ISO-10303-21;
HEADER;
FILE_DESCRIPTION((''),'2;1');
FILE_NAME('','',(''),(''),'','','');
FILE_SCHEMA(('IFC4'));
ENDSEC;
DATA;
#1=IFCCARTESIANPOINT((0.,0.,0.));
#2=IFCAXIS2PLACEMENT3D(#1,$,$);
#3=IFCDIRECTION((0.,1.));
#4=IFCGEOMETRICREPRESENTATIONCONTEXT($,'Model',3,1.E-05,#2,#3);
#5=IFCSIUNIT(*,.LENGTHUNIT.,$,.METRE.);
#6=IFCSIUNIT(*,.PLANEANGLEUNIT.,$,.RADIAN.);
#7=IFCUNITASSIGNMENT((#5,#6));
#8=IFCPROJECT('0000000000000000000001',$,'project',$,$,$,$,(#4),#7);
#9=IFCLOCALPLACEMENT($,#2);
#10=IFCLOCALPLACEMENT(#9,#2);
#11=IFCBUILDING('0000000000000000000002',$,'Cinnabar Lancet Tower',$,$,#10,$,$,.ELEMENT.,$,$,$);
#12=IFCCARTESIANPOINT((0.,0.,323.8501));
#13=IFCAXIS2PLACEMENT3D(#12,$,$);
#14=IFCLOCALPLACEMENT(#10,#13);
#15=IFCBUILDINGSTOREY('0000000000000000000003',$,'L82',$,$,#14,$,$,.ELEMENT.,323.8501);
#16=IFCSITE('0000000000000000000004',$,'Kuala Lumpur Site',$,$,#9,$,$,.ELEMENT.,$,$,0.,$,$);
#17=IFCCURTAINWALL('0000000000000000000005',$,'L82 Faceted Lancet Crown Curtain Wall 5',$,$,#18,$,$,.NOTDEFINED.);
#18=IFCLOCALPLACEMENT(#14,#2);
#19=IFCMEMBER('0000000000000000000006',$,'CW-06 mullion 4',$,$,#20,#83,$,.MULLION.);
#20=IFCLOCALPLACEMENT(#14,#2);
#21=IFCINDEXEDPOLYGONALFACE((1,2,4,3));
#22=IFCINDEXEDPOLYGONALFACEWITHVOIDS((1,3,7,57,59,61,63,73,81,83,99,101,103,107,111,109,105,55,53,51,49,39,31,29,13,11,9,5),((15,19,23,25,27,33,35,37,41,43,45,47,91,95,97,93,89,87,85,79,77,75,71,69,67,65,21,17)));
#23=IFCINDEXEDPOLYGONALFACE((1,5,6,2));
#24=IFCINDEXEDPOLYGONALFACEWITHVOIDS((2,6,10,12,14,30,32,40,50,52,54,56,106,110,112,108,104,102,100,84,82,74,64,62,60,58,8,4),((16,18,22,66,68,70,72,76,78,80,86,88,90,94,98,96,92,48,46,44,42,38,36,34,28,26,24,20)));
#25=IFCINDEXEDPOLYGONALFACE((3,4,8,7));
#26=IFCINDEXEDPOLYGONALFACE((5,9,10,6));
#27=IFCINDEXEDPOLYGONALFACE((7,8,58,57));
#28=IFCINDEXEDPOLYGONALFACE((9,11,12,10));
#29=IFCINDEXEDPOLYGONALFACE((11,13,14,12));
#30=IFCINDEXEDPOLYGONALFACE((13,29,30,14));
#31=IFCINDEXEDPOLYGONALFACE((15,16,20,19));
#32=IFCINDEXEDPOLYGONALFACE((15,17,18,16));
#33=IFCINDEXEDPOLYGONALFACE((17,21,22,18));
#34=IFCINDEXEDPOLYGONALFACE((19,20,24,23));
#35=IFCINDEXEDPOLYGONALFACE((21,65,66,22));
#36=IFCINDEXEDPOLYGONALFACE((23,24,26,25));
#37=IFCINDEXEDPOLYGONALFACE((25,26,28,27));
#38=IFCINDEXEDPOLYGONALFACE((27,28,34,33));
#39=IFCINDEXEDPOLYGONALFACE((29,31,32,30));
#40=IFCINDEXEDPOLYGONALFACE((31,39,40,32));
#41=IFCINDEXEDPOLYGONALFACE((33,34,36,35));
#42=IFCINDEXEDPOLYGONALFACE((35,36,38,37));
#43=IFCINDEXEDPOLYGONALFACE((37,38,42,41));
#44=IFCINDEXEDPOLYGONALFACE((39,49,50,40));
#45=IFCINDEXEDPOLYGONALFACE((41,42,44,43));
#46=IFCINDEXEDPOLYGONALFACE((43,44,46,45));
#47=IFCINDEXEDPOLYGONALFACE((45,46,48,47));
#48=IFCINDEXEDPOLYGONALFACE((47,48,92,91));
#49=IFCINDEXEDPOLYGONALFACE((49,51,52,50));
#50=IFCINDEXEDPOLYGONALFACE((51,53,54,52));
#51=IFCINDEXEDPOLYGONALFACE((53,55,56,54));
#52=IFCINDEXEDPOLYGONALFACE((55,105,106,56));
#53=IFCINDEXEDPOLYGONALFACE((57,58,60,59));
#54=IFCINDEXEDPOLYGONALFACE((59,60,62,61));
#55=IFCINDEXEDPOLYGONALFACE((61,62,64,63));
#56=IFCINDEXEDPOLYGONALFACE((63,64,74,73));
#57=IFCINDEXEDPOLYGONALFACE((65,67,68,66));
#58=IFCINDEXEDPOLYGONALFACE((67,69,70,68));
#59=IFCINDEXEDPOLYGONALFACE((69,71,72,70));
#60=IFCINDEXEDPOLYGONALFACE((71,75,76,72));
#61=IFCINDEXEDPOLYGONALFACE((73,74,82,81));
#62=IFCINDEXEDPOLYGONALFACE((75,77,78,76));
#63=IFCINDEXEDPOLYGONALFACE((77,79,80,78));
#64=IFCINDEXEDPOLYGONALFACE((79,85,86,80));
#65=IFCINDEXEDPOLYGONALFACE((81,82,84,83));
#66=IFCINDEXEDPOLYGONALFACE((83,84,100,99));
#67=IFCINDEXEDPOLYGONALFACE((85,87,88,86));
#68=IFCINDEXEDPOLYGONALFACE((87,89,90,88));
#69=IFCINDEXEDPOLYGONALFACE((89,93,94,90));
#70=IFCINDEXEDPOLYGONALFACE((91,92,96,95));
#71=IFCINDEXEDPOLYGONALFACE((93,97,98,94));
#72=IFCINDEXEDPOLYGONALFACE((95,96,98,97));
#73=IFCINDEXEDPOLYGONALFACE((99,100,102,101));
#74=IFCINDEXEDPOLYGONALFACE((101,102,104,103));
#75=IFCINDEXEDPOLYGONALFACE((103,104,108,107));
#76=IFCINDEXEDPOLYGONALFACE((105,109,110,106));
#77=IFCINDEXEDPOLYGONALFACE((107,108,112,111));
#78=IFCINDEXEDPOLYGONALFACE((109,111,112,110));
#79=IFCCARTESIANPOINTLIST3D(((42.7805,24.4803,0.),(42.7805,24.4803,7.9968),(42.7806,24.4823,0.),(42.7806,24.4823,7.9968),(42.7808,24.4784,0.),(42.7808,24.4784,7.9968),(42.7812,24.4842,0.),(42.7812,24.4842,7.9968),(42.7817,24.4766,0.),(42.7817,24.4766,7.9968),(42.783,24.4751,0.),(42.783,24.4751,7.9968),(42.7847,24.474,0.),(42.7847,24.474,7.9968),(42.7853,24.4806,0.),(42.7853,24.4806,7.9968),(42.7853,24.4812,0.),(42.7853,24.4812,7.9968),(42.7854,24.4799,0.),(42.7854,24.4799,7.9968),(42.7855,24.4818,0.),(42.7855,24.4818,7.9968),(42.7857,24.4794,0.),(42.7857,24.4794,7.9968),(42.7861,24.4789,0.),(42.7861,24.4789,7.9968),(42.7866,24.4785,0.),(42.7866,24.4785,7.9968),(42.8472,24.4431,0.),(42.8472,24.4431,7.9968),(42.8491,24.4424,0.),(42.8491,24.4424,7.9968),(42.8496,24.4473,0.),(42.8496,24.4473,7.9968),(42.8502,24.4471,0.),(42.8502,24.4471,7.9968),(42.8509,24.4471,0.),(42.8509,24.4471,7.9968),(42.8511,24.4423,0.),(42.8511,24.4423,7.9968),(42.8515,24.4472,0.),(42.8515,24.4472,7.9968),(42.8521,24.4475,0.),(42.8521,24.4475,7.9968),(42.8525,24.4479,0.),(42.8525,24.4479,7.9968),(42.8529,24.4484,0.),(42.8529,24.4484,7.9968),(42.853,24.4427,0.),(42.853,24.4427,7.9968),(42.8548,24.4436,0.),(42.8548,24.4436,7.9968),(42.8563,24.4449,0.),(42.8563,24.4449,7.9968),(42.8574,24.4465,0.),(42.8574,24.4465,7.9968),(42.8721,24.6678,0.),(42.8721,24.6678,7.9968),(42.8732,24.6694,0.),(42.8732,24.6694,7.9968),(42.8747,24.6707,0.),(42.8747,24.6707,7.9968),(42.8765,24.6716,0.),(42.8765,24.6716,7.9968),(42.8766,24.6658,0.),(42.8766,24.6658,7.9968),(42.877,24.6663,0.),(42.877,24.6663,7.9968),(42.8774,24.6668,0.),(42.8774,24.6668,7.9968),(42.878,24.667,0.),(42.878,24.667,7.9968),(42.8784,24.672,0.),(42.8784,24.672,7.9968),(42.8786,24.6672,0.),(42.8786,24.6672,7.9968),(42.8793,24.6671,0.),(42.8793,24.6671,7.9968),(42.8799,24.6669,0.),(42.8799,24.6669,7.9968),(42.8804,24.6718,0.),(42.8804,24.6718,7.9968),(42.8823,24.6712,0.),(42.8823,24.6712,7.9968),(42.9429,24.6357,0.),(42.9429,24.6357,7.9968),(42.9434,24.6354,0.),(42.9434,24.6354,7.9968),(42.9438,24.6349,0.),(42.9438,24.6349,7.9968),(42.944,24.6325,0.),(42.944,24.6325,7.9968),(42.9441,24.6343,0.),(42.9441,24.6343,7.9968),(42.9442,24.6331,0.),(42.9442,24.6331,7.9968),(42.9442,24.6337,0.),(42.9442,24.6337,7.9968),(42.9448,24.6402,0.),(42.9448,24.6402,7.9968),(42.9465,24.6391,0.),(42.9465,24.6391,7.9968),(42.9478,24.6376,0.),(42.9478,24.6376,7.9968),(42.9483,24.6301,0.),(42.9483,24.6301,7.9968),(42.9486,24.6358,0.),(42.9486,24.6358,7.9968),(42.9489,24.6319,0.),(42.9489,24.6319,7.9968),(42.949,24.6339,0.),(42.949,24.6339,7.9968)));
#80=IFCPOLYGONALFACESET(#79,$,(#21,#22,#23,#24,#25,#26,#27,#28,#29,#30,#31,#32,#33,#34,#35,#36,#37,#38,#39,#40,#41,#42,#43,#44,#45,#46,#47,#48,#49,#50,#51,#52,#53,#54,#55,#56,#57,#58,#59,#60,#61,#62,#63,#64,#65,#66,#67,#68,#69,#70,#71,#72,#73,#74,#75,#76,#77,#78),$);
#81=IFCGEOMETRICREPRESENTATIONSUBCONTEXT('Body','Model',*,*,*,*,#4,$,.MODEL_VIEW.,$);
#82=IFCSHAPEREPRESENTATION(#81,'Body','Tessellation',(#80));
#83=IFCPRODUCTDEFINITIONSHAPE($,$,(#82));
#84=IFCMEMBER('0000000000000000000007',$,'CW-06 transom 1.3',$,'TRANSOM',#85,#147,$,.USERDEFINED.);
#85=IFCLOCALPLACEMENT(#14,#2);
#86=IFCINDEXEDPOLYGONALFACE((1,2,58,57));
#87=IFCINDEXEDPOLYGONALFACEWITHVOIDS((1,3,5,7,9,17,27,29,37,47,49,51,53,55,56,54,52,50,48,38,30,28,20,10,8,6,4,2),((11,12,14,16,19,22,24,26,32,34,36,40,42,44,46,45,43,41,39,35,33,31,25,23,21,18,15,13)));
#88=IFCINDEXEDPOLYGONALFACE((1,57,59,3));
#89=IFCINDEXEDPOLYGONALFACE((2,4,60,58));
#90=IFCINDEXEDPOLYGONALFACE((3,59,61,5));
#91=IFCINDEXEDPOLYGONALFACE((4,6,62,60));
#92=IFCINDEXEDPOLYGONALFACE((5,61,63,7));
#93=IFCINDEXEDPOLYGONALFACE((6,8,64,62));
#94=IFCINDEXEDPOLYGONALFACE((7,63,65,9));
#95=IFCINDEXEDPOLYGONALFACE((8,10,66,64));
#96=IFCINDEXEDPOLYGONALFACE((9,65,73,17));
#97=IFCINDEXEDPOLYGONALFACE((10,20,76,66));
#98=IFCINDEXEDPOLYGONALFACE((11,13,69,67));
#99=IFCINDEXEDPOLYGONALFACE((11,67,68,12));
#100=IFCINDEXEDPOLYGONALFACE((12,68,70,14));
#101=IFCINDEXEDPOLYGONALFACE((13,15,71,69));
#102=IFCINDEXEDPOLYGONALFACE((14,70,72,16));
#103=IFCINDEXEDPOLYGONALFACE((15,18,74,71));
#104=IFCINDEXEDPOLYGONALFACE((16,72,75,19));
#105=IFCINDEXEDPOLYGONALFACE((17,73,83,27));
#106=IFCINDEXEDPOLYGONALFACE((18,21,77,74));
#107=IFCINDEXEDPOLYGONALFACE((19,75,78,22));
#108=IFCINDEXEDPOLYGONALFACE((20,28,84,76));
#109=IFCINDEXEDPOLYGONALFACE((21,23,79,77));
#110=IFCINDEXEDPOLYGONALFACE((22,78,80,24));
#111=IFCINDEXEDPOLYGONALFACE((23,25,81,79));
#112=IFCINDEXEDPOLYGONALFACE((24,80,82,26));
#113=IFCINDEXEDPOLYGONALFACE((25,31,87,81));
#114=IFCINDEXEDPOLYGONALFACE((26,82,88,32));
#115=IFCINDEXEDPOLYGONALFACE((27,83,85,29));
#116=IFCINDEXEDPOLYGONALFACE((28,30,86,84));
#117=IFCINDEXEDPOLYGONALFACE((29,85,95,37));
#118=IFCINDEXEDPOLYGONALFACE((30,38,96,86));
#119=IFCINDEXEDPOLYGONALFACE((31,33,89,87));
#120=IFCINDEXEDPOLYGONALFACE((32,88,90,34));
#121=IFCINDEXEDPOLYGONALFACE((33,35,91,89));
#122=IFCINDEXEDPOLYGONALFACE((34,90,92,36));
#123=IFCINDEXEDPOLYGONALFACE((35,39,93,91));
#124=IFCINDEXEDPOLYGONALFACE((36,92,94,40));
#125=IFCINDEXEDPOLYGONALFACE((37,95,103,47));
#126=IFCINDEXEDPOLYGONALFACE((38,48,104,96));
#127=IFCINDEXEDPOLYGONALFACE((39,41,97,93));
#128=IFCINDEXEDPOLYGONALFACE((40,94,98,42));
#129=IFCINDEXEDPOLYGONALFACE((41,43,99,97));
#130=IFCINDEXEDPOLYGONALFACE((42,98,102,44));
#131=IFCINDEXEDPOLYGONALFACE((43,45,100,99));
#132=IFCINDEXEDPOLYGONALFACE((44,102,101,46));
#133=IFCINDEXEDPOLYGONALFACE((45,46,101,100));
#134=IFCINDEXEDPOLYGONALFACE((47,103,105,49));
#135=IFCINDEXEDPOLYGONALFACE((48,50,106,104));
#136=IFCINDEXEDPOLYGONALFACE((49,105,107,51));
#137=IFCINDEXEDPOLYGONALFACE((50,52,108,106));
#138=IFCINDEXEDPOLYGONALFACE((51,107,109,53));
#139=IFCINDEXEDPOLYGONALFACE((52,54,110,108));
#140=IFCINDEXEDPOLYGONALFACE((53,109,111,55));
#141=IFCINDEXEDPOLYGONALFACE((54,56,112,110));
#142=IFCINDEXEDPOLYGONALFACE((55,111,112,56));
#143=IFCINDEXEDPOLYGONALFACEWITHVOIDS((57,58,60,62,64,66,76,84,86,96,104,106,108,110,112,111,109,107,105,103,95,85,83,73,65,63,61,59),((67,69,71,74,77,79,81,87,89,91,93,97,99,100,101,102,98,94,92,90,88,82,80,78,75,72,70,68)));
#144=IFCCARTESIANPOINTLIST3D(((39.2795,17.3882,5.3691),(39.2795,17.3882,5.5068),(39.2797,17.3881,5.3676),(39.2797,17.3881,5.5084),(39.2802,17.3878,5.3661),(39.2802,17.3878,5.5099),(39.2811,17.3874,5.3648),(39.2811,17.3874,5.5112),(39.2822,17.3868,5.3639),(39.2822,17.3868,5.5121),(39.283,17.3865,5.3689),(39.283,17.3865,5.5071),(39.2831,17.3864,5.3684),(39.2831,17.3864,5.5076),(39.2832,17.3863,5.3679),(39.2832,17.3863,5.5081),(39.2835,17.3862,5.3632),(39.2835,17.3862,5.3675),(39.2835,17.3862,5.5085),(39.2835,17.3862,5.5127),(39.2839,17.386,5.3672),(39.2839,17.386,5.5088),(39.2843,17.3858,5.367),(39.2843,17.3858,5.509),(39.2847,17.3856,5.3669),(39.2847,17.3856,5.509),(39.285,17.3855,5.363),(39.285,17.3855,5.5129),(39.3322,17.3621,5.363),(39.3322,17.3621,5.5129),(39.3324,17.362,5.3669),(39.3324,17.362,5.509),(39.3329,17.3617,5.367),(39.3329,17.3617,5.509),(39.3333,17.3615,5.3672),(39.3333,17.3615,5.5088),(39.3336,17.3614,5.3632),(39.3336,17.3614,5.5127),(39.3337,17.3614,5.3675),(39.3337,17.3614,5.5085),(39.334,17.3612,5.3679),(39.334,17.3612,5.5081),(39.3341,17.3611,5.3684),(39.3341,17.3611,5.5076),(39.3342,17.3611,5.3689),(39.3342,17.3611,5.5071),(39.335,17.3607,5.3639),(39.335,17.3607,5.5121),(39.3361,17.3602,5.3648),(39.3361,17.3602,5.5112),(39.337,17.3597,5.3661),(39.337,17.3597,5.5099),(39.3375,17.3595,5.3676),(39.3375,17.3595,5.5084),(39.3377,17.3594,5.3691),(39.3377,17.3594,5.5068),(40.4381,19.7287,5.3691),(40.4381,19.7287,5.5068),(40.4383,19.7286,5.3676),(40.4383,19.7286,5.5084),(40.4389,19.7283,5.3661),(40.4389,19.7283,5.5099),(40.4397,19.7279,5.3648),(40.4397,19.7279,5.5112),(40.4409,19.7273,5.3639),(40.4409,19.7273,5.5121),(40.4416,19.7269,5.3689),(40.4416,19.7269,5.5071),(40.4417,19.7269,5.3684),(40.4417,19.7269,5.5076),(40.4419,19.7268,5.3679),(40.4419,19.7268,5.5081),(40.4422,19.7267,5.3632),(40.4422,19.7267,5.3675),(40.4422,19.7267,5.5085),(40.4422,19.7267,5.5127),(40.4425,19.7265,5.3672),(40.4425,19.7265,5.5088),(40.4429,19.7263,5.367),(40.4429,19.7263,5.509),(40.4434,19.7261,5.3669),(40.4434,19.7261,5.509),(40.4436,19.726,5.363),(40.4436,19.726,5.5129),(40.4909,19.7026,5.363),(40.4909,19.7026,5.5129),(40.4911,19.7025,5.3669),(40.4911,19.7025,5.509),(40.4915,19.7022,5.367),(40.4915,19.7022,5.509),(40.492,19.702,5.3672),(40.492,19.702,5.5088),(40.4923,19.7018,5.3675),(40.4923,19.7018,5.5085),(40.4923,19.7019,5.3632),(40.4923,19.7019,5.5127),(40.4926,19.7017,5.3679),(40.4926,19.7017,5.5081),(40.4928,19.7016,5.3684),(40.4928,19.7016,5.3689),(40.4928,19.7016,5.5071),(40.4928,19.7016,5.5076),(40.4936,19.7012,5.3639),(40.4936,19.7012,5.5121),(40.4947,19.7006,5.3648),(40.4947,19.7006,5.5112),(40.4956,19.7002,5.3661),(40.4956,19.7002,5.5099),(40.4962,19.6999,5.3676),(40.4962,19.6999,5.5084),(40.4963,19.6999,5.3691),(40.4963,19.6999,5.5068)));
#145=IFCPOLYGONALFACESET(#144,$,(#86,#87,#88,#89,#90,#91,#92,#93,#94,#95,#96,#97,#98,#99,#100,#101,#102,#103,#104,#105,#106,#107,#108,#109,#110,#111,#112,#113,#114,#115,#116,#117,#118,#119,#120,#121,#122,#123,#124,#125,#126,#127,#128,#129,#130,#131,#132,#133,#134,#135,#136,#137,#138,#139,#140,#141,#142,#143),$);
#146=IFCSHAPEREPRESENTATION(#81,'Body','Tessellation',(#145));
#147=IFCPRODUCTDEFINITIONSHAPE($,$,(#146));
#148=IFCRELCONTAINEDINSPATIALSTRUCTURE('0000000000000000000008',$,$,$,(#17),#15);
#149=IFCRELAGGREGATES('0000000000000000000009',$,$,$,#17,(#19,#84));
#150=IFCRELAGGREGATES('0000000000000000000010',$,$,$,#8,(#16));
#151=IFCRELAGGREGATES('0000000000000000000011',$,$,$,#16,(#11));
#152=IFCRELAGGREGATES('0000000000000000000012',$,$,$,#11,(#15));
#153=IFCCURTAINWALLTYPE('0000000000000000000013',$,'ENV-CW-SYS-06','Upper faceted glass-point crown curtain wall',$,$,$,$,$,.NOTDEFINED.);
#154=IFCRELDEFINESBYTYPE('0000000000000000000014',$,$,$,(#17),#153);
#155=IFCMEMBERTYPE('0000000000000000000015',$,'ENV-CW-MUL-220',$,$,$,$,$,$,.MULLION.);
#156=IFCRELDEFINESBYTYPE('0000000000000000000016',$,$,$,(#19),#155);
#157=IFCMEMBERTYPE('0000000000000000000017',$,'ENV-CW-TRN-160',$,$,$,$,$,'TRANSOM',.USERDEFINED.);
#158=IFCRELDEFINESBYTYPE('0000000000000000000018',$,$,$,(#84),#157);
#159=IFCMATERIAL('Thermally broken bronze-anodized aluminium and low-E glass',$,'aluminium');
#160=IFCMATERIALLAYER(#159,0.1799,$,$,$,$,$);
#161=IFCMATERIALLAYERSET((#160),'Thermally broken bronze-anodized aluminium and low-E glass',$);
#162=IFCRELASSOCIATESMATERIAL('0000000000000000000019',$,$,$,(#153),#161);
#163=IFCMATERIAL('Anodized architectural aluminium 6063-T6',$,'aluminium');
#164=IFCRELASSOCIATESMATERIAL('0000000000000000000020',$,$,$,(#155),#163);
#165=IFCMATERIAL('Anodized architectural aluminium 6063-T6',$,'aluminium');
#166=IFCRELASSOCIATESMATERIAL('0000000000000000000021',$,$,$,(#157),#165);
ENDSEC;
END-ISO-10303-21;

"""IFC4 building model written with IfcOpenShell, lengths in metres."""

from ifc_helpers import new_model, si_unit, direction, frame, origin, origin_2d, place, context, subcontext, project, spatial, hollow_rectangle, extrude, material, layer, layer_set, material_profile, profile_set, type_object, element, aggregate, save


model = new_model("IFC4")

# Units and contexts
model_context = context("Model", 3, precision=1e-05, world=origin(), true_north=direction((0.0, 1.0)))
body_context = subcontext(model_context, "Body", "Model", "MODEL_VIEW")
ifc_project = project(units=[si_unit("LENGTHUNIT", "METRE"), si_unit("PLANEANGLEUNIT", "RADIAN")], contexts=[model_context])

# Site, building, storey
site_placement = place(None, origin())
site = spatial("IfcSite", under=ifc_project, at=site_placement, Name="Kuala Lumpur Site", CompositionType="ELEMENT", RefElevation=0.0)
building_placement = place(site_placement, origin())
building = spatial("IfcBuilding", under=site, at=building_placement, Name="Cinnabar Lancet Tower", CompositionType="ELEMENT")
storey_placement = place(building_placement, frame((0.0, 0.0, 323.8501)))
storey = spatial("IfcBuildingStorey", under=building, at=storey_placement, Name="L82", CompositionType="ELEMENT", Elevation=323.8501)

# Curtain wall, members
ifc_material_1 = material(Name="Thermally broken bronze-anodized aluminium and low-E glass", Category="aluminium")
ifc_layer_1 = layer(ifc_material_1, 0.1799)
ifc_layer_set_1 = layer_set([ifc_layer_1], Name="Thermally broken bronze-anodized aluminium and low-E glass")
curtain_wall_type = type_object("IfcCurtainWallType", Name="ENV-CW-SYS-06", Description="Upper faceted glass-point crown curtain wall", PredefinedType="NOTDEFINED", material=ifc_layer_set_1)
curtain_wall_placement = place(storey_placement, origin())
curtain_wall = element("IfcCurtainWall", 1, at=curtain_wall_placement, inside=storey, type_object=curtain_wall_type, Name="L82 Faceted Lancet Crown Curtain Wall 5", PredefinedType="NOTDEFINED")
ifc_material_2 = material(Name="Anodized architectural aluminium 6063-T6", Category="aluminium")
ifc_material_profile_1 = material_profile(ifc_material_2, hollow_rectangle(XDim=0.085, YDim=0.22, WallThickness=0.0049, InnerFilletRadius=0.0024, OuterFilletRadius=0.0076, at=origin_2d()), Name="CW-MUL 220x85x5")
ifc_profile_set_1 = profile_set([ifc_material_profile_1], Name="Anodized architectural aluminium 6063-T6")
member_type_1 = type_object("IfcMemberType", Name="ENV-CW-MUL-220", PredefinedType="MULLION", material=ifc_profile_set_1)
member_1_placement = place(storey_placement, frame((42.8647, 24.5571, 0.0), z_axis=(0.0, 0.0, 1.0), x_axis=(-0.896197, 0.443657, 0.0)))
member_1 = element("IfcMember", 2, at=member_1_placement, type_object=member_type_1, Name="CW-06 mullion 4", PredefinedType="MULLION", context=body_context, shape_type="SweptSolid", body=[
    extrude(hollow_rectangle(XDim=0.085, YDim=0.22, WallThickness=0.0049, InnerFilletRadius=0.0024, OuterFilletRadius=0.0076, at=origin_2d()), origin(), (0.0, 0.0, 1.0), 7.9968),
])
ifc_material_3 = material(Name="Anodized architectural aluminium 6063-T6", Category="aluminium")
ifc_material_profile_2 = material_profile(ifc_material_3, hollow_rectangle(XDim=0.0649, YDim=0.1499, WallThickness=0.0039, InnerFilletRadius=0.002, OuterFilletRadius=0.0061, at=origin_2d()), Name="CW-TRN 150x65x4")
ifc_profile_set_2 = profile_set([ifc_material_profile_2], Name="Anodized architectural aluminium 6063-T6")
member_type_2 = type_object("IfcMemberType", Name="ENV-CW-TRN-160", ElementType="TRANSOM", PredefinedType="USERDEFINED", material=ifc_profile_set_2)
member_2_placement = place(storey_placement, frame((39.3086, 17.3738, 5.438), z_axis=(0.443658, 0.896196, 0.0), x_axis=(-0.896196, 0.443658, 0.0)))
member_2 = element("IfcMember", 3, at=member_2_placement, type_object=member_type_2, Name="CW-06 transom 1.3", ObjectType="TRANSOM", PredefinedType="USERDEFINED", context=body_context, shape_type="SweptSolid", body=[
    extrude(hollow_rectangle(XDim=0.0649, YDim=0.1499, WallThickness=0.0039, InnerFilletRadius=0.002, OuterFilletRadius=0.0061, at=origin_2d()), origin(), (0.0, 0.0, 1.0), 2.6116),
])

aggregate(curtain_wall, [member_1, member_2])

save(model, "model.ifc")
